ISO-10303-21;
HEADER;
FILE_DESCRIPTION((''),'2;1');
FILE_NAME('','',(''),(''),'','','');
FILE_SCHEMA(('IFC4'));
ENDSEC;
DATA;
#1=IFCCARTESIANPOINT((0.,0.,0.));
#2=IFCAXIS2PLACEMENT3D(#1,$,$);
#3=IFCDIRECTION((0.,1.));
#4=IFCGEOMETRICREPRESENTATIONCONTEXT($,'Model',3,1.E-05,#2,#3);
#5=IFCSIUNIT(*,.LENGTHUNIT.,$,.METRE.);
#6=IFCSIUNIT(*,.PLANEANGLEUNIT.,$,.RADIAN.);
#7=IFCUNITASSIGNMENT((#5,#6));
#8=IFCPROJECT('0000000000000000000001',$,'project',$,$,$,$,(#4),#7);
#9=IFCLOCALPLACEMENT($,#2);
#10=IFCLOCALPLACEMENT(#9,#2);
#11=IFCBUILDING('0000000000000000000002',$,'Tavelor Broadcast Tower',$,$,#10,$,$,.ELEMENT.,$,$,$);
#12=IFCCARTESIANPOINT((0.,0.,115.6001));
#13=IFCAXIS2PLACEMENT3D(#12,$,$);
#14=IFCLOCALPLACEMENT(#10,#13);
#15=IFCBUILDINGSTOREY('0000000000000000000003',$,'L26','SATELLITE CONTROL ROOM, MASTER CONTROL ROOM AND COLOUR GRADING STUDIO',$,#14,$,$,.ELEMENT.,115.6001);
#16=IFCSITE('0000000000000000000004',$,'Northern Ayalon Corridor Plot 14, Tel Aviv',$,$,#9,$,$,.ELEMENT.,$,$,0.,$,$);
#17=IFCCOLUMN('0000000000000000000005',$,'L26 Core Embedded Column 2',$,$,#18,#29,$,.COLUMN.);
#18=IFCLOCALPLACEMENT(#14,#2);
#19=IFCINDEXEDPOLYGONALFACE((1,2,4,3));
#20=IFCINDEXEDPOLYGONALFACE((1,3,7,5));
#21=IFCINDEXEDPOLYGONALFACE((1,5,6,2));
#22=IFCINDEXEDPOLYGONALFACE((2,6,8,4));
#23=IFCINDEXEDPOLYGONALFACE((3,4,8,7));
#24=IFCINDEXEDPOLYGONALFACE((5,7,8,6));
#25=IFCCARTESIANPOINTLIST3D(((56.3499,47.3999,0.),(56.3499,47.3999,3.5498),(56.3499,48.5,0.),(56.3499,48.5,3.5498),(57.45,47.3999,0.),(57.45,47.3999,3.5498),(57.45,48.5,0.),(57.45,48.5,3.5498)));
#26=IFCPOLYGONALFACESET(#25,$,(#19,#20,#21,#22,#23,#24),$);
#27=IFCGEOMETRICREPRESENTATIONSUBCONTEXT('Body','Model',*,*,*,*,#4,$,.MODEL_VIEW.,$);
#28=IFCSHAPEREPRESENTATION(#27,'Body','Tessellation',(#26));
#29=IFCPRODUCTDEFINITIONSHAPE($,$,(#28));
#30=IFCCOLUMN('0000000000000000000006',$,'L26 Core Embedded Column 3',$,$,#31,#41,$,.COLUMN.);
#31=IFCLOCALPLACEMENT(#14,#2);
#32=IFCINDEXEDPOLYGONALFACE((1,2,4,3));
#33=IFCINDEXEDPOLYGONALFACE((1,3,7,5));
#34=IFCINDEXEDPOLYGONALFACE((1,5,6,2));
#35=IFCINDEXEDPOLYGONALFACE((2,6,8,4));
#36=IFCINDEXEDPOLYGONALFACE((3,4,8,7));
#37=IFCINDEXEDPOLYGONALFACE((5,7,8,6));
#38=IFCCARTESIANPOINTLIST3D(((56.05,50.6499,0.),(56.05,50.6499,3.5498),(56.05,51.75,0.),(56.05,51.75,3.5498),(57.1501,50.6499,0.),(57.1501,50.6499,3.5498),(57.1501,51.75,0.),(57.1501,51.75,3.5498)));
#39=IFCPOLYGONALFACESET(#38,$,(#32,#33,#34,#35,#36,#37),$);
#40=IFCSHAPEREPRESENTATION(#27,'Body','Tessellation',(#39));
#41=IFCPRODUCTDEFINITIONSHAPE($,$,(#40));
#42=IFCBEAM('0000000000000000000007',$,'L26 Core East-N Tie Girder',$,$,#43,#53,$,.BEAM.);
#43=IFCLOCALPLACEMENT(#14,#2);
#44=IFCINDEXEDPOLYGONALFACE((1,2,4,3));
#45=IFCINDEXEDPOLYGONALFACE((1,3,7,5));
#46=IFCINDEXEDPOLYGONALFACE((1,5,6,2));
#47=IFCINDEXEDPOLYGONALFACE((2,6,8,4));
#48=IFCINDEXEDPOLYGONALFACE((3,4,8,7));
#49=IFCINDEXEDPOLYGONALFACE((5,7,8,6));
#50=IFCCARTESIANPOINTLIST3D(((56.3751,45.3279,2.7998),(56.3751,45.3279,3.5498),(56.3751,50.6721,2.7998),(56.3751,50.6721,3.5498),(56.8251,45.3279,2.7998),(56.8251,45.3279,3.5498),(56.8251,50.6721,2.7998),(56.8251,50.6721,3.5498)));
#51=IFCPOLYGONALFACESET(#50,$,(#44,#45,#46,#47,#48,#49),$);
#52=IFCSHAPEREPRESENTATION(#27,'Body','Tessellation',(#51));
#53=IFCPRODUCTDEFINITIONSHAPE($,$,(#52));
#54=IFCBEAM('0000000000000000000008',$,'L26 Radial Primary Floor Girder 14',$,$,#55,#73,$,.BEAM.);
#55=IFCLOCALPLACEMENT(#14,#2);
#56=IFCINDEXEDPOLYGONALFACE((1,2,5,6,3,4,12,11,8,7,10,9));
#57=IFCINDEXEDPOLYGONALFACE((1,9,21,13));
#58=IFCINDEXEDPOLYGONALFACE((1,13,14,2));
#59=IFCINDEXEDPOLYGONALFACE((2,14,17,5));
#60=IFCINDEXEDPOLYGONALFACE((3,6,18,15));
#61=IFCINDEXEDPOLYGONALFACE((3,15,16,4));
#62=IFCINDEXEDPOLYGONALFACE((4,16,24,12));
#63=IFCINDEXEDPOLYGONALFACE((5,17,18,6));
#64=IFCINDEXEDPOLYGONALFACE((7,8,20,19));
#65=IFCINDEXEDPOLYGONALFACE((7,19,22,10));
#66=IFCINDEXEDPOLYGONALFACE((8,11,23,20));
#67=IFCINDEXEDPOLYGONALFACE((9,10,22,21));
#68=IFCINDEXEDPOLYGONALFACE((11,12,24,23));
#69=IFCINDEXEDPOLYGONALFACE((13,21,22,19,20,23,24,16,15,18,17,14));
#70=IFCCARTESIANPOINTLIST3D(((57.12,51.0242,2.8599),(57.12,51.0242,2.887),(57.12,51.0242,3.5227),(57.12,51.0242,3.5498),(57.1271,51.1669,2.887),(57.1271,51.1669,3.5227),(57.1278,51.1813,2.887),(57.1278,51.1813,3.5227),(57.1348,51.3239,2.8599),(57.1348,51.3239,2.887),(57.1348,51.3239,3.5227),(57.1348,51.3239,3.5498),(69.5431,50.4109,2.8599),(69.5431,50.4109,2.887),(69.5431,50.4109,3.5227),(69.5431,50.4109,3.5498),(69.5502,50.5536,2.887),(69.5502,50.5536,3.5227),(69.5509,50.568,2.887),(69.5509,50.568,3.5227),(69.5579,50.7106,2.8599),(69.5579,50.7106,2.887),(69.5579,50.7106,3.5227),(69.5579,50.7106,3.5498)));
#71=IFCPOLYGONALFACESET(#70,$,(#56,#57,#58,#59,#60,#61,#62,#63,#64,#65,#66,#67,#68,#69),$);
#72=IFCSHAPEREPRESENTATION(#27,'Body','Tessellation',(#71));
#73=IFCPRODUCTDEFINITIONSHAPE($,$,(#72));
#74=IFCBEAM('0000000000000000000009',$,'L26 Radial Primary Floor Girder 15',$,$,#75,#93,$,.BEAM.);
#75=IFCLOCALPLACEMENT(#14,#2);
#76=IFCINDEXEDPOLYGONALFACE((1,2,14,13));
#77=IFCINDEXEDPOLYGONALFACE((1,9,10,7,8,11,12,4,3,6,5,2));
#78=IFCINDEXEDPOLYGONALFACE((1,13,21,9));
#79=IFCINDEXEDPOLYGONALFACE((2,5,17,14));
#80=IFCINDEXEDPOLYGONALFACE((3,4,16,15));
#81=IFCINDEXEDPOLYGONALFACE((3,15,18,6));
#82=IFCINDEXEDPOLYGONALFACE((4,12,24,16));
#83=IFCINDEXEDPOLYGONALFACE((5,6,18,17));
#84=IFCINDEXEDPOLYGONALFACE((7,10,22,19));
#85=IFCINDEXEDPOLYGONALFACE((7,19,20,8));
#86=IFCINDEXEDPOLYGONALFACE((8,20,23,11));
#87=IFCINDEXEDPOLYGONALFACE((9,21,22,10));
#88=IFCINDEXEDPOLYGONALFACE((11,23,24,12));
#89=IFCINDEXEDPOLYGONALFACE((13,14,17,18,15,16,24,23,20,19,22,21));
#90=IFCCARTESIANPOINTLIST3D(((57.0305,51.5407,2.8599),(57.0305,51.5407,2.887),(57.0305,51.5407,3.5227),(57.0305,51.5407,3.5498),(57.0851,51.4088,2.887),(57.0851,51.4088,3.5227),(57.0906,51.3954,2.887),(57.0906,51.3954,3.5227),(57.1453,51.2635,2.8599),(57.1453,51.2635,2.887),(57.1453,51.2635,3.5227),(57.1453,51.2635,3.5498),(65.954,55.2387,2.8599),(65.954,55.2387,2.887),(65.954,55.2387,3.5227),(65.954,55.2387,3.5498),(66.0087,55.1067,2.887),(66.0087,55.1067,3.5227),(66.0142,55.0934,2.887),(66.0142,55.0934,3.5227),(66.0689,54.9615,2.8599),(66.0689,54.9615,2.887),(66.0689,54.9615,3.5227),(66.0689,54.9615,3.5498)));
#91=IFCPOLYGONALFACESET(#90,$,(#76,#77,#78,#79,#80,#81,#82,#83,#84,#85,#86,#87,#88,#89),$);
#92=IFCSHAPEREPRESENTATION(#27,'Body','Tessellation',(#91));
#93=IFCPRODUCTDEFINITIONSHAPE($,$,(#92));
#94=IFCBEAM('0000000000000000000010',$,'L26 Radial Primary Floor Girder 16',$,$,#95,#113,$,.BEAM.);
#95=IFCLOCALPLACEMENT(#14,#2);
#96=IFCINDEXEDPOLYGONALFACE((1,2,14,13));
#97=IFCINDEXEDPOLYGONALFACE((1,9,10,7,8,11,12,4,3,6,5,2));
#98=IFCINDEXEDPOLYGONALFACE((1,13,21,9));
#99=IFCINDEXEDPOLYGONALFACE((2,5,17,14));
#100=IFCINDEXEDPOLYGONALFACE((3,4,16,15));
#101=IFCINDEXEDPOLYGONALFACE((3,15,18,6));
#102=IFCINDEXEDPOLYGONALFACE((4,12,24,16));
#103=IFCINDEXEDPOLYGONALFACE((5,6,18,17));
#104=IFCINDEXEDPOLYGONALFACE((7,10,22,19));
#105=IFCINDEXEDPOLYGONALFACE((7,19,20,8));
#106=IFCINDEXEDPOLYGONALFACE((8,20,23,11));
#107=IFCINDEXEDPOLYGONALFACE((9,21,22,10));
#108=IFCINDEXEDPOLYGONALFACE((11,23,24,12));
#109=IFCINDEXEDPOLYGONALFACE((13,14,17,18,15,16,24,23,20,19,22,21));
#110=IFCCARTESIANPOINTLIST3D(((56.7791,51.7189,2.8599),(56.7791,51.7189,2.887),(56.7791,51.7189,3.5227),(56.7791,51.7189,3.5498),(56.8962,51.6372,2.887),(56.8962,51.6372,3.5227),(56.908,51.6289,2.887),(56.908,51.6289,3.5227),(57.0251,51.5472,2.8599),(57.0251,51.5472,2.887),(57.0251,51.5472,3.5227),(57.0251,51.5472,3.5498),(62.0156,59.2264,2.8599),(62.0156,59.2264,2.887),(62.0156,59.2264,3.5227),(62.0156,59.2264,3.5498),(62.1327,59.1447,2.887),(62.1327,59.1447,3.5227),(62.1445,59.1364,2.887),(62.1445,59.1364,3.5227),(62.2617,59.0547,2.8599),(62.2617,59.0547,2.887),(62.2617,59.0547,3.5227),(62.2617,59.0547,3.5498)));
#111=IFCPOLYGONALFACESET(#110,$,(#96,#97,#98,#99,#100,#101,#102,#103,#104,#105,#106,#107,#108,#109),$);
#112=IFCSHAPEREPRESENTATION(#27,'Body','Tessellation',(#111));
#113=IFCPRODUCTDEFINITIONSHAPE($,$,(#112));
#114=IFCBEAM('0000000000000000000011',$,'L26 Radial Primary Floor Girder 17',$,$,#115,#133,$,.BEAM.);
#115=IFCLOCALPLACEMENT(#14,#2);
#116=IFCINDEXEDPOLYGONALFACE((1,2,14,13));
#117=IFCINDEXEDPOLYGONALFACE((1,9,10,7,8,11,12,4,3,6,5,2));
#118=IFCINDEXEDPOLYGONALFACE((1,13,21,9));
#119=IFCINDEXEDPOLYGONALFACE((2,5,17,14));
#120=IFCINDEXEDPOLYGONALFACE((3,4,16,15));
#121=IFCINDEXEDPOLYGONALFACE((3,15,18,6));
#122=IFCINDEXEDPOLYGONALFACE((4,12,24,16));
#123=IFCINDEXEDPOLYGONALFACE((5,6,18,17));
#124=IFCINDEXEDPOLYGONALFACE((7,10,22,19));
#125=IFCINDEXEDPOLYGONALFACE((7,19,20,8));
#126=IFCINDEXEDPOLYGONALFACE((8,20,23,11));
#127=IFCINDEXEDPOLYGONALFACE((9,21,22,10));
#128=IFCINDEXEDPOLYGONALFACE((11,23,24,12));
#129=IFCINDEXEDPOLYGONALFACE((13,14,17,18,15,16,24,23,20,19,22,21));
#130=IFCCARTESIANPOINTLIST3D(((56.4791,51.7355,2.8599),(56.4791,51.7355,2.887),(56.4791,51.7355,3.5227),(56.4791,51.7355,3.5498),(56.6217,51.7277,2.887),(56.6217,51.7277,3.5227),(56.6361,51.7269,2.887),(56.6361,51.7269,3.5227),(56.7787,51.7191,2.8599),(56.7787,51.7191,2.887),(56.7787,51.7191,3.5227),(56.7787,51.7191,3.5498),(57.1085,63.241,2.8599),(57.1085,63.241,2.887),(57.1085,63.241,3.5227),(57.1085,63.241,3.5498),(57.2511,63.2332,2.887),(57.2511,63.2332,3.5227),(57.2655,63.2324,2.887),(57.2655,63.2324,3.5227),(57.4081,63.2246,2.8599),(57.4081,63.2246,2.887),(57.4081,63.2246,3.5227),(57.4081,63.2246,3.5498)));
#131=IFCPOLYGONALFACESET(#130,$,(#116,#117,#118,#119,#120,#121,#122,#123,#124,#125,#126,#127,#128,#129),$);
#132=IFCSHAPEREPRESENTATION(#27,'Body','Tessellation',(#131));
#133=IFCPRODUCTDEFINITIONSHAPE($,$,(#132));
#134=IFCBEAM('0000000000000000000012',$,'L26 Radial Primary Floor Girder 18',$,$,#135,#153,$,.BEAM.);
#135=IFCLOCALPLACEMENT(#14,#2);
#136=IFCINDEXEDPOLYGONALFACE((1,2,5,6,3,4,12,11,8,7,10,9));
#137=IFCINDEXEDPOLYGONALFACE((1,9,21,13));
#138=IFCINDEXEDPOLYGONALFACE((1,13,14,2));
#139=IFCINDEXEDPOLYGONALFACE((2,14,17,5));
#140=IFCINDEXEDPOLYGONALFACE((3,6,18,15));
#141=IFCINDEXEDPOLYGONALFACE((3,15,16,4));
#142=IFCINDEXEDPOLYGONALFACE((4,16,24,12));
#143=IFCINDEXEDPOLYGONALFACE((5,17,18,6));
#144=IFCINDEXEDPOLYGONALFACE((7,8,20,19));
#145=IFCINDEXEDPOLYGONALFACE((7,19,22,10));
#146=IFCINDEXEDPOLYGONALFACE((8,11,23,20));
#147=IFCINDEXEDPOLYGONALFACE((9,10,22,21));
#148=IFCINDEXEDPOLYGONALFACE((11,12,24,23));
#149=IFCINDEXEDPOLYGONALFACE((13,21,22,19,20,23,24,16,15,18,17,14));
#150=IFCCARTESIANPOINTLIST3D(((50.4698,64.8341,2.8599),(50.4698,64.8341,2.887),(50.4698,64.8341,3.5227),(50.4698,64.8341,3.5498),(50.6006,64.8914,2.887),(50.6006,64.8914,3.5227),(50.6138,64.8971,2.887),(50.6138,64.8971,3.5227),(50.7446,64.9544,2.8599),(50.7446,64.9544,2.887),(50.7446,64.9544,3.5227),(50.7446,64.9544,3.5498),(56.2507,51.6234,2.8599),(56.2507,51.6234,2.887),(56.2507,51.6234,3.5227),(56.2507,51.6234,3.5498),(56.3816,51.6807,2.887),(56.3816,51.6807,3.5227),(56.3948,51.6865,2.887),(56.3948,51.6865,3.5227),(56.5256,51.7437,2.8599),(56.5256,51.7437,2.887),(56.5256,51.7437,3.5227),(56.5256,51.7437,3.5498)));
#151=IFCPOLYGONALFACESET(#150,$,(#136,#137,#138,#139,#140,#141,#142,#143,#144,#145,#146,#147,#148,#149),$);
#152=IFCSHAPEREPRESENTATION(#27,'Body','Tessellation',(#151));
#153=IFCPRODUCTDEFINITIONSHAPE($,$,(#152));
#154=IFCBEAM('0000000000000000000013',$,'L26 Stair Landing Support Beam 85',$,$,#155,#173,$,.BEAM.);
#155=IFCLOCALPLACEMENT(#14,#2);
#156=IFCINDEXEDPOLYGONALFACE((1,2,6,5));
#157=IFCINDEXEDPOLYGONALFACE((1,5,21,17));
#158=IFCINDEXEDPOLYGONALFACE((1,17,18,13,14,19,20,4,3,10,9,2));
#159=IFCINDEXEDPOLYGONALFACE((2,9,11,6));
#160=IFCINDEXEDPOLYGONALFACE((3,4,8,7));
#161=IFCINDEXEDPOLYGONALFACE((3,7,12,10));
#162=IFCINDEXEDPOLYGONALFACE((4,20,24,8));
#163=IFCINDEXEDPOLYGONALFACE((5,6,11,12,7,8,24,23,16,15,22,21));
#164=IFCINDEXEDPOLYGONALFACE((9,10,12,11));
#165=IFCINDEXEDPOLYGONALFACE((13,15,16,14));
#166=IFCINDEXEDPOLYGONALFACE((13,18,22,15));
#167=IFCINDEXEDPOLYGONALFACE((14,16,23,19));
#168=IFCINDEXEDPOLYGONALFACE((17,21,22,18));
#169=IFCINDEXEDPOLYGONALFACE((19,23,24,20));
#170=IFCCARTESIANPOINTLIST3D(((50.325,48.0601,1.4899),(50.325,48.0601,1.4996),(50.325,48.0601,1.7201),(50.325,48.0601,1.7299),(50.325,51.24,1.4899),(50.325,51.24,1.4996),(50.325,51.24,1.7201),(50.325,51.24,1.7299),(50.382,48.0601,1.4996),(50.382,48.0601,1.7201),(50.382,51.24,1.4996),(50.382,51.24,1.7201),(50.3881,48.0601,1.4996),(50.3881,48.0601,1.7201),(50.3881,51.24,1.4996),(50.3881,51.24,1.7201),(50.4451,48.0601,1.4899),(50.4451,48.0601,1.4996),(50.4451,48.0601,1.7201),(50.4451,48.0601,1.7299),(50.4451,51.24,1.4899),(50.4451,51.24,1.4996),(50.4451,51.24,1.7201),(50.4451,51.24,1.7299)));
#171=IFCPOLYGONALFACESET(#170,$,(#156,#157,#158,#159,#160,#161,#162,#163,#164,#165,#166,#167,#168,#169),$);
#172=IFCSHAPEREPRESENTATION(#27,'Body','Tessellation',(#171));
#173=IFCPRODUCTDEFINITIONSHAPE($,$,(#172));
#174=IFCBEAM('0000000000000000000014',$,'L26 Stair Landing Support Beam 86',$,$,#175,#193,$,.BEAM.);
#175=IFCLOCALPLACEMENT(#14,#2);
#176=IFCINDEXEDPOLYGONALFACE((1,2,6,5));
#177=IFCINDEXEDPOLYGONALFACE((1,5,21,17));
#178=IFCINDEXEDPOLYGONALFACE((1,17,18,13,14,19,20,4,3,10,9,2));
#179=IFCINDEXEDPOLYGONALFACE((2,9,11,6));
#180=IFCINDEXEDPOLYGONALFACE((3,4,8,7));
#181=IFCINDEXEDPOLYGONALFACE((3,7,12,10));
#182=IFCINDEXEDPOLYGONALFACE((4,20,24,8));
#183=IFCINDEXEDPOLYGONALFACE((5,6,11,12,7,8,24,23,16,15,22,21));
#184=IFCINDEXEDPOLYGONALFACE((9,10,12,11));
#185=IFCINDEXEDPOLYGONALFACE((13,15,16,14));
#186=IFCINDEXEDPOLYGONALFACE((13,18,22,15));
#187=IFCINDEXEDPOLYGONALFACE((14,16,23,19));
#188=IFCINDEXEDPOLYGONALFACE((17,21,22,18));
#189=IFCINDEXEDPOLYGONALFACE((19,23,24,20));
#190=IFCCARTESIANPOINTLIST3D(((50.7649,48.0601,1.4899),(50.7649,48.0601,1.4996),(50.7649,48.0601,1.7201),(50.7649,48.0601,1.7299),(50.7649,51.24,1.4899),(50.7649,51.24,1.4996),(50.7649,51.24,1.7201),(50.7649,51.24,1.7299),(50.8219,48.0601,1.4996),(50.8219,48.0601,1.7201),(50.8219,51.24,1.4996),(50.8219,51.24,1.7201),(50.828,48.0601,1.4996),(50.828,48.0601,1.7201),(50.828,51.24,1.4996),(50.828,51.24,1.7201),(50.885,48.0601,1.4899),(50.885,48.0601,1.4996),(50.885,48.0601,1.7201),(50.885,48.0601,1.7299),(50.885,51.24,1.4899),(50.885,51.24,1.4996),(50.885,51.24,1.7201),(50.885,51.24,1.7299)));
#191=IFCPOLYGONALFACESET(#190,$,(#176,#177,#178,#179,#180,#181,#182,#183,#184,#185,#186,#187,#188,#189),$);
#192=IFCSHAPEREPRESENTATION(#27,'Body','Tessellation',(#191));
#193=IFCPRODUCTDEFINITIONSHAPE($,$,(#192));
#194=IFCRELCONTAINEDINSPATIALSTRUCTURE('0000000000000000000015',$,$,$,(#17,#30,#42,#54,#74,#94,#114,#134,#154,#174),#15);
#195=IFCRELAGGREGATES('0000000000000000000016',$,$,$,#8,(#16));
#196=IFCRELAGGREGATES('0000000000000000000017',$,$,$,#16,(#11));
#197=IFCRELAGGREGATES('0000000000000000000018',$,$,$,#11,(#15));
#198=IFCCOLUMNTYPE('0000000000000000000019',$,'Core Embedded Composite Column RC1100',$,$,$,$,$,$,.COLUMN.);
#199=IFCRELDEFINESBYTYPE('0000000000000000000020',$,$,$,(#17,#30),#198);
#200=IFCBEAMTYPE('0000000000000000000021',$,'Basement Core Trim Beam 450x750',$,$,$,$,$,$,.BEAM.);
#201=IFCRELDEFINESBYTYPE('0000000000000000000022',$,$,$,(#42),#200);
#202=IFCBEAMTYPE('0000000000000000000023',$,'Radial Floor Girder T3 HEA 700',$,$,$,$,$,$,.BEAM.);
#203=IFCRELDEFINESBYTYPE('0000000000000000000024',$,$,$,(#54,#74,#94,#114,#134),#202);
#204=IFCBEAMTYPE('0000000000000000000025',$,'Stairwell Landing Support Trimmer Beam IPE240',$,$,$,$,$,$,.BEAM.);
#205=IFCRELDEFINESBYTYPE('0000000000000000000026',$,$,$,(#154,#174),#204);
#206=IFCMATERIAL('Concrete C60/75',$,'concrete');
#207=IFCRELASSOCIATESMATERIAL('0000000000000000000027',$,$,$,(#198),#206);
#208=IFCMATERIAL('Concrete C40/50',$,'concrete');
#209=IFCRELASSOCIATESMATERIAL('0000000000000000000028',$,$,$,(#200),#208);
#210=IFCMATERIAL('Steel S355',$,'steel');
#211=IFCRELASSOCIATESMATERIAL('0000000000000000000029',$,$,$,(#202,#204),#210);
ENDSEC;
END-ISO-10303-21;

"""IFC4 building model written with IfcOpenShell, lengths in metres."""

from ifc_helpers import new_model, si_unit, direction, frame, origin, origin_2d, place, context, subcontext, project, spatial, rectangle, i_section, extrude, material, material_profile, profile_set, type_object, element, save


model = new_model("IFC4")

# Units and contexts
model_context = context("Model", 3, precision=1e-05, world=origin(), true_north=direction((0.0, 1.0)))
body_context = subcontext(model_context, "Body", "Model", "MODEL_VIEW")
ifc_project = project(units=[si_unit("LENGTHUNIT", "METRE"), si_unit("PLANEANGLEUNIT", "RADIAN")], contexts=[model_context])

# Site, building, storey
site_placement = place(None, origin())
site = spatial("IfcSite", under=ifc_project, at=site_placement, Name="Northern Ayalon Corridor Plot 14, Tel Aviv", CompositionType="ELEMENT", RefElevation=0.0)
building_placement = place(site_placement, origin())
building = spatial("IfcBuilding", under=site, at=building_placement, Name="Tavelor Broadcast Tower", CompositionType="ELEMENT")
storey_placement = place(building_placement, frame((0.0, 0.0, 115.6001)))
storey = spatial("IfcBuildingStorey", under=building, at=storey_placement, Name="L26", Description="SATELLITE CONTROL ROOM, MASTER CONTROL ROOM AND COLOUR GRADING STUDIO", CompositionType="ELEMENT", Elevation=115.6001)

# Columns
ifc_material_1 = material(Name="Concrete C60/75", Category="concrete")
ifc_material_profile_1 = material_profile(ifc_material_1, rectangle(XDim=1.1001, YDim=1.1001, at=origin_2d()), Name="RC 1100x1100")
ifc_profile_set_1 = profile_set([ifc_material_profile_1], Name="Concrete C60/75")
column_type = type_object("IfcColumnType", Name="Core Embedded Composite Column RC1100", PredefinedType="COLUMN", material=ifc_profile_set_1)
for number, where, z_axis, x_axis, name in (
    (1, (56.8999, 47.95, 0.0), (0.0, 0.0, 1.0), (1.0, 0.0, 0.0), "L26 Core Embedded Column 2"),
    (2, (56.6001, 51.2, 0.0), (0.0, 0.0, 1.0), (1.0, 0.0, 0.0), "L26 Core Embedded Column 3"),
):
    element("IfcColumn", number, at=place(storey_placement, frame(where, z_axis=z_axis, x_axis=x_axis)), inside=storey, type_object=column_type, Name=name, PredefinedType="COLUMN", context=body_context, shape_type="SweptSolid", body=[
        extrude(rectangle(XDim=1.1001, YDim=1.1001, at=origin_2d()), origin(), (0.0, 0.0, 1.0), 3.5498),
    ])

# Beams
ifc_material_2 = material(Name="Concrete C40/50", Category="concrete")
ifc_material_profile_2 = material_profile(ifc_material_2, rectangle(XDim=0.45, YDim=0.75, at=origin_2d()), Name="RC 450x750")
ifc_profile_set_2 = profile_set([ifc_material_profile_2], Name="Concrete C40/50")
beam_type_1 = type_object("IfcBeamType", Name="Basement Core Trim Beam 450x750", PredefinedType="BEAM", material=ifc_profile_set_2)
beam_1_placement = place(storey_placement, frame((56.6001, 45.3279, 3.1748), z_axis=(0.0, 1.0, 0.0), x_axis=(-1.0, 0.0, 0.0)))
element("IfcBeam", 3, at=beam_1_placement, inside=storey, type_object=beam_type_1, Name="L26 Core East-N Tie Girder", PredefinedType="BEAM", context=body_context, shape_type="SweptSolid", body=[
    extrude(rectangle(XDim=0.45, YDim=0.75, at=origin_2d()), origin(), (0.0, 0.0, 1.0), 5.3442),
])
ifc_material_3 = material(Name="Steel S355", Category="steel")
ifc_material_profile_3 = material_profile(ifc_material_3, i_section(OverallWidth=0.3, OverallDepth=0.6899, WebThickness=0.0144, FlangeThickness=0.0271, at=origin_2d()), Name="HEA 700")
ifc_profile_set_3 = profile_set([ifc_material_profile_3], Name="Steel S355")
beam_type_2 = type_object("IfcBeamType", Name="Radial Floor Girder T3 HEA 700", PredefinedType="BEAM", material=ifc_profile_set_3)
beam_2_placement = place(storey_placement, frame((57.1274, 51.1741, 3.2048), z_axis=(0.998784, -0.049306, 0.0), x_axis=(0.049306, 0.998784, 0.0)))
element("IfcBeam", 4, at=beam_2_placement, inside=storey, type_object=beam_type_2, Name="L26 Radial Primary Floor Girder 14", PredefinedType="BEAM", context=body_context, shape_type="SweptSolid", body=[
    extrude(i_section(OverallWidth=0.3, OverallDepth=0.6899, WebThickness=0.0144, FlangeThickness=0.0271, at=origin_2d()), origin(), (0.0, 0.0, 1.0), 12.4382),
])
beam_3_placement = place(storey_placement, frame((57.0879, 51.4021, 3.2048), z_axis=(0.923816, 0.382836, 0.0), x_axis=(-0.382836, 0.923816, 0.0)))
element("IfcBeam", 5, at=beam_3_placement, inside=storey, type_object=beam_type_2, Name="L26 Radial Primary Floor Girder 15", PredefinedType="BEAM", context=body_context, shape_type="SweptSolid", body=[
    extrude(i_section(OverallWidth=0.3, OverallDepth=0.6899, WebThickness=0.0144, FlangeThickness=0.0271, at=origin_2d()), origin(), (0.0, 0.0, 1.0), 9.6594),
])
beam_4_placement = place(storey_placement, frame((56.9021, 51.6331, 3.2048), z_axis=(0.572089, 0.820192, 0.0), x_axis=(-0.820192, 0.572089, 0.0)))
element("IfcBeam", 6, at=beam_4_placement, inside=storey, type_object=beam_type_2, Name="L26 Radial Primary Floor Girder 16", PredefinedType="BEAM", context=body_context, shape_type="SweptSolid", body=[
    extrude(i_section(OverallWidth=0.3, OverallDepth=0.6899, WebThickness=0.0144, FlangeThickness=0.0271, at=origin_2d()), origin(), (0.0, 0.0, 1.0), 9.1533),
])
beam_5_placement = place(storey_placement, frame((56.6289, 51.7273, 3.2048), z_axis=(0.054622, 0.998507, 0.0), x_axis=(-0.998507, 0.054622, 0.0)))
element("IfcBeam", 7, at=beam_5_placement, inside=storey, type_object=beam_type_2, Name="L26 Radial Primary Floor Girder 17", PredefinedType="BEAM", context=body_context, shape_type="SweptSolid", body=[
    extrude(i_section(OverallWidth=0.3, OverallDepth=0.6899, WebThickness=0.0144, FlangeThickness=0.0271, at=origin_2d()), origin(), (0.0, 0.0, 1.0), 11.5227),
])
beam_6_placement = place(storey_placement, frame((56.3882, 51.6836, 3.2048), z_axis=(-0.400896, 0.916124, 0.0), x_axis=(-0.916124, -0.400896, 0.0)))
element("IfcBeam", 8, at=beam_6_placement, inside=storey, type_object=beam_type_2, Name="L26 Radial Primary Floor Girder 18", PredefinedType="BEAM", context=body_context, shape_type="SweptSolid", body=[
    extrude(i_section(OverallWidth=0.3, OverallDepth=0.6899, WebThickness=0.0144, FlangeThickness=0.0271, at=origin_2d()), origin(), (0.0, 0.0, 1.0), 14.4202),
])
ifc_material_profile_4 = material_profile(ifc_material_3, i_section(OverallWidth=0.1201, OverallDepth=0.24, WebThickness=0.0061, FlangeThickness=0.0098, at=origin_2d()), Name="IPE 240")
ifc_profile_set_4 = profile_set([ifc_material_profile_4], Name="Steel S355")
beam_type_3 = type_object("IfcBeamType", Name="Stairwell Landing Support Trimmer Beam IPE240", PredefinedType="BEAM", material=ifc_profile_set_4)
for number, where, z_axis, x_axis, name in (
    (9, (50.385, 48.0601, 1.6099), (0.0, 1.0, 0.0), (-1.0, 0.0, 0.0), "L26 Stair Landing Support Beam 85"),
    (10, (50.825, 48.0601, 1.6099), (0.0, 1.0, 0.0), (-1.0, 0.0, 0.0), "L26 Stair Landing Support Beam 86"),
):
    element("IfcBeam", number, at=place(storey_placement, frame(where, z_axis=z_axis, x_axis=x_axis)), inside=storey, type_object=beam_type_3, Name=name, PredefinedType="BEAM", context=body_context, shape_type="SweptSolid", body=[
        extrude(i_section(OverallWidth=0.1201, OverallDepth=0.24, WebThickness=0.0061, FlangeThickness=0.0098, at=origin_2d()), origin(), (0.0, 0.0, 1.0), 3.1799),
    ])

save(model, "model.ifc")
